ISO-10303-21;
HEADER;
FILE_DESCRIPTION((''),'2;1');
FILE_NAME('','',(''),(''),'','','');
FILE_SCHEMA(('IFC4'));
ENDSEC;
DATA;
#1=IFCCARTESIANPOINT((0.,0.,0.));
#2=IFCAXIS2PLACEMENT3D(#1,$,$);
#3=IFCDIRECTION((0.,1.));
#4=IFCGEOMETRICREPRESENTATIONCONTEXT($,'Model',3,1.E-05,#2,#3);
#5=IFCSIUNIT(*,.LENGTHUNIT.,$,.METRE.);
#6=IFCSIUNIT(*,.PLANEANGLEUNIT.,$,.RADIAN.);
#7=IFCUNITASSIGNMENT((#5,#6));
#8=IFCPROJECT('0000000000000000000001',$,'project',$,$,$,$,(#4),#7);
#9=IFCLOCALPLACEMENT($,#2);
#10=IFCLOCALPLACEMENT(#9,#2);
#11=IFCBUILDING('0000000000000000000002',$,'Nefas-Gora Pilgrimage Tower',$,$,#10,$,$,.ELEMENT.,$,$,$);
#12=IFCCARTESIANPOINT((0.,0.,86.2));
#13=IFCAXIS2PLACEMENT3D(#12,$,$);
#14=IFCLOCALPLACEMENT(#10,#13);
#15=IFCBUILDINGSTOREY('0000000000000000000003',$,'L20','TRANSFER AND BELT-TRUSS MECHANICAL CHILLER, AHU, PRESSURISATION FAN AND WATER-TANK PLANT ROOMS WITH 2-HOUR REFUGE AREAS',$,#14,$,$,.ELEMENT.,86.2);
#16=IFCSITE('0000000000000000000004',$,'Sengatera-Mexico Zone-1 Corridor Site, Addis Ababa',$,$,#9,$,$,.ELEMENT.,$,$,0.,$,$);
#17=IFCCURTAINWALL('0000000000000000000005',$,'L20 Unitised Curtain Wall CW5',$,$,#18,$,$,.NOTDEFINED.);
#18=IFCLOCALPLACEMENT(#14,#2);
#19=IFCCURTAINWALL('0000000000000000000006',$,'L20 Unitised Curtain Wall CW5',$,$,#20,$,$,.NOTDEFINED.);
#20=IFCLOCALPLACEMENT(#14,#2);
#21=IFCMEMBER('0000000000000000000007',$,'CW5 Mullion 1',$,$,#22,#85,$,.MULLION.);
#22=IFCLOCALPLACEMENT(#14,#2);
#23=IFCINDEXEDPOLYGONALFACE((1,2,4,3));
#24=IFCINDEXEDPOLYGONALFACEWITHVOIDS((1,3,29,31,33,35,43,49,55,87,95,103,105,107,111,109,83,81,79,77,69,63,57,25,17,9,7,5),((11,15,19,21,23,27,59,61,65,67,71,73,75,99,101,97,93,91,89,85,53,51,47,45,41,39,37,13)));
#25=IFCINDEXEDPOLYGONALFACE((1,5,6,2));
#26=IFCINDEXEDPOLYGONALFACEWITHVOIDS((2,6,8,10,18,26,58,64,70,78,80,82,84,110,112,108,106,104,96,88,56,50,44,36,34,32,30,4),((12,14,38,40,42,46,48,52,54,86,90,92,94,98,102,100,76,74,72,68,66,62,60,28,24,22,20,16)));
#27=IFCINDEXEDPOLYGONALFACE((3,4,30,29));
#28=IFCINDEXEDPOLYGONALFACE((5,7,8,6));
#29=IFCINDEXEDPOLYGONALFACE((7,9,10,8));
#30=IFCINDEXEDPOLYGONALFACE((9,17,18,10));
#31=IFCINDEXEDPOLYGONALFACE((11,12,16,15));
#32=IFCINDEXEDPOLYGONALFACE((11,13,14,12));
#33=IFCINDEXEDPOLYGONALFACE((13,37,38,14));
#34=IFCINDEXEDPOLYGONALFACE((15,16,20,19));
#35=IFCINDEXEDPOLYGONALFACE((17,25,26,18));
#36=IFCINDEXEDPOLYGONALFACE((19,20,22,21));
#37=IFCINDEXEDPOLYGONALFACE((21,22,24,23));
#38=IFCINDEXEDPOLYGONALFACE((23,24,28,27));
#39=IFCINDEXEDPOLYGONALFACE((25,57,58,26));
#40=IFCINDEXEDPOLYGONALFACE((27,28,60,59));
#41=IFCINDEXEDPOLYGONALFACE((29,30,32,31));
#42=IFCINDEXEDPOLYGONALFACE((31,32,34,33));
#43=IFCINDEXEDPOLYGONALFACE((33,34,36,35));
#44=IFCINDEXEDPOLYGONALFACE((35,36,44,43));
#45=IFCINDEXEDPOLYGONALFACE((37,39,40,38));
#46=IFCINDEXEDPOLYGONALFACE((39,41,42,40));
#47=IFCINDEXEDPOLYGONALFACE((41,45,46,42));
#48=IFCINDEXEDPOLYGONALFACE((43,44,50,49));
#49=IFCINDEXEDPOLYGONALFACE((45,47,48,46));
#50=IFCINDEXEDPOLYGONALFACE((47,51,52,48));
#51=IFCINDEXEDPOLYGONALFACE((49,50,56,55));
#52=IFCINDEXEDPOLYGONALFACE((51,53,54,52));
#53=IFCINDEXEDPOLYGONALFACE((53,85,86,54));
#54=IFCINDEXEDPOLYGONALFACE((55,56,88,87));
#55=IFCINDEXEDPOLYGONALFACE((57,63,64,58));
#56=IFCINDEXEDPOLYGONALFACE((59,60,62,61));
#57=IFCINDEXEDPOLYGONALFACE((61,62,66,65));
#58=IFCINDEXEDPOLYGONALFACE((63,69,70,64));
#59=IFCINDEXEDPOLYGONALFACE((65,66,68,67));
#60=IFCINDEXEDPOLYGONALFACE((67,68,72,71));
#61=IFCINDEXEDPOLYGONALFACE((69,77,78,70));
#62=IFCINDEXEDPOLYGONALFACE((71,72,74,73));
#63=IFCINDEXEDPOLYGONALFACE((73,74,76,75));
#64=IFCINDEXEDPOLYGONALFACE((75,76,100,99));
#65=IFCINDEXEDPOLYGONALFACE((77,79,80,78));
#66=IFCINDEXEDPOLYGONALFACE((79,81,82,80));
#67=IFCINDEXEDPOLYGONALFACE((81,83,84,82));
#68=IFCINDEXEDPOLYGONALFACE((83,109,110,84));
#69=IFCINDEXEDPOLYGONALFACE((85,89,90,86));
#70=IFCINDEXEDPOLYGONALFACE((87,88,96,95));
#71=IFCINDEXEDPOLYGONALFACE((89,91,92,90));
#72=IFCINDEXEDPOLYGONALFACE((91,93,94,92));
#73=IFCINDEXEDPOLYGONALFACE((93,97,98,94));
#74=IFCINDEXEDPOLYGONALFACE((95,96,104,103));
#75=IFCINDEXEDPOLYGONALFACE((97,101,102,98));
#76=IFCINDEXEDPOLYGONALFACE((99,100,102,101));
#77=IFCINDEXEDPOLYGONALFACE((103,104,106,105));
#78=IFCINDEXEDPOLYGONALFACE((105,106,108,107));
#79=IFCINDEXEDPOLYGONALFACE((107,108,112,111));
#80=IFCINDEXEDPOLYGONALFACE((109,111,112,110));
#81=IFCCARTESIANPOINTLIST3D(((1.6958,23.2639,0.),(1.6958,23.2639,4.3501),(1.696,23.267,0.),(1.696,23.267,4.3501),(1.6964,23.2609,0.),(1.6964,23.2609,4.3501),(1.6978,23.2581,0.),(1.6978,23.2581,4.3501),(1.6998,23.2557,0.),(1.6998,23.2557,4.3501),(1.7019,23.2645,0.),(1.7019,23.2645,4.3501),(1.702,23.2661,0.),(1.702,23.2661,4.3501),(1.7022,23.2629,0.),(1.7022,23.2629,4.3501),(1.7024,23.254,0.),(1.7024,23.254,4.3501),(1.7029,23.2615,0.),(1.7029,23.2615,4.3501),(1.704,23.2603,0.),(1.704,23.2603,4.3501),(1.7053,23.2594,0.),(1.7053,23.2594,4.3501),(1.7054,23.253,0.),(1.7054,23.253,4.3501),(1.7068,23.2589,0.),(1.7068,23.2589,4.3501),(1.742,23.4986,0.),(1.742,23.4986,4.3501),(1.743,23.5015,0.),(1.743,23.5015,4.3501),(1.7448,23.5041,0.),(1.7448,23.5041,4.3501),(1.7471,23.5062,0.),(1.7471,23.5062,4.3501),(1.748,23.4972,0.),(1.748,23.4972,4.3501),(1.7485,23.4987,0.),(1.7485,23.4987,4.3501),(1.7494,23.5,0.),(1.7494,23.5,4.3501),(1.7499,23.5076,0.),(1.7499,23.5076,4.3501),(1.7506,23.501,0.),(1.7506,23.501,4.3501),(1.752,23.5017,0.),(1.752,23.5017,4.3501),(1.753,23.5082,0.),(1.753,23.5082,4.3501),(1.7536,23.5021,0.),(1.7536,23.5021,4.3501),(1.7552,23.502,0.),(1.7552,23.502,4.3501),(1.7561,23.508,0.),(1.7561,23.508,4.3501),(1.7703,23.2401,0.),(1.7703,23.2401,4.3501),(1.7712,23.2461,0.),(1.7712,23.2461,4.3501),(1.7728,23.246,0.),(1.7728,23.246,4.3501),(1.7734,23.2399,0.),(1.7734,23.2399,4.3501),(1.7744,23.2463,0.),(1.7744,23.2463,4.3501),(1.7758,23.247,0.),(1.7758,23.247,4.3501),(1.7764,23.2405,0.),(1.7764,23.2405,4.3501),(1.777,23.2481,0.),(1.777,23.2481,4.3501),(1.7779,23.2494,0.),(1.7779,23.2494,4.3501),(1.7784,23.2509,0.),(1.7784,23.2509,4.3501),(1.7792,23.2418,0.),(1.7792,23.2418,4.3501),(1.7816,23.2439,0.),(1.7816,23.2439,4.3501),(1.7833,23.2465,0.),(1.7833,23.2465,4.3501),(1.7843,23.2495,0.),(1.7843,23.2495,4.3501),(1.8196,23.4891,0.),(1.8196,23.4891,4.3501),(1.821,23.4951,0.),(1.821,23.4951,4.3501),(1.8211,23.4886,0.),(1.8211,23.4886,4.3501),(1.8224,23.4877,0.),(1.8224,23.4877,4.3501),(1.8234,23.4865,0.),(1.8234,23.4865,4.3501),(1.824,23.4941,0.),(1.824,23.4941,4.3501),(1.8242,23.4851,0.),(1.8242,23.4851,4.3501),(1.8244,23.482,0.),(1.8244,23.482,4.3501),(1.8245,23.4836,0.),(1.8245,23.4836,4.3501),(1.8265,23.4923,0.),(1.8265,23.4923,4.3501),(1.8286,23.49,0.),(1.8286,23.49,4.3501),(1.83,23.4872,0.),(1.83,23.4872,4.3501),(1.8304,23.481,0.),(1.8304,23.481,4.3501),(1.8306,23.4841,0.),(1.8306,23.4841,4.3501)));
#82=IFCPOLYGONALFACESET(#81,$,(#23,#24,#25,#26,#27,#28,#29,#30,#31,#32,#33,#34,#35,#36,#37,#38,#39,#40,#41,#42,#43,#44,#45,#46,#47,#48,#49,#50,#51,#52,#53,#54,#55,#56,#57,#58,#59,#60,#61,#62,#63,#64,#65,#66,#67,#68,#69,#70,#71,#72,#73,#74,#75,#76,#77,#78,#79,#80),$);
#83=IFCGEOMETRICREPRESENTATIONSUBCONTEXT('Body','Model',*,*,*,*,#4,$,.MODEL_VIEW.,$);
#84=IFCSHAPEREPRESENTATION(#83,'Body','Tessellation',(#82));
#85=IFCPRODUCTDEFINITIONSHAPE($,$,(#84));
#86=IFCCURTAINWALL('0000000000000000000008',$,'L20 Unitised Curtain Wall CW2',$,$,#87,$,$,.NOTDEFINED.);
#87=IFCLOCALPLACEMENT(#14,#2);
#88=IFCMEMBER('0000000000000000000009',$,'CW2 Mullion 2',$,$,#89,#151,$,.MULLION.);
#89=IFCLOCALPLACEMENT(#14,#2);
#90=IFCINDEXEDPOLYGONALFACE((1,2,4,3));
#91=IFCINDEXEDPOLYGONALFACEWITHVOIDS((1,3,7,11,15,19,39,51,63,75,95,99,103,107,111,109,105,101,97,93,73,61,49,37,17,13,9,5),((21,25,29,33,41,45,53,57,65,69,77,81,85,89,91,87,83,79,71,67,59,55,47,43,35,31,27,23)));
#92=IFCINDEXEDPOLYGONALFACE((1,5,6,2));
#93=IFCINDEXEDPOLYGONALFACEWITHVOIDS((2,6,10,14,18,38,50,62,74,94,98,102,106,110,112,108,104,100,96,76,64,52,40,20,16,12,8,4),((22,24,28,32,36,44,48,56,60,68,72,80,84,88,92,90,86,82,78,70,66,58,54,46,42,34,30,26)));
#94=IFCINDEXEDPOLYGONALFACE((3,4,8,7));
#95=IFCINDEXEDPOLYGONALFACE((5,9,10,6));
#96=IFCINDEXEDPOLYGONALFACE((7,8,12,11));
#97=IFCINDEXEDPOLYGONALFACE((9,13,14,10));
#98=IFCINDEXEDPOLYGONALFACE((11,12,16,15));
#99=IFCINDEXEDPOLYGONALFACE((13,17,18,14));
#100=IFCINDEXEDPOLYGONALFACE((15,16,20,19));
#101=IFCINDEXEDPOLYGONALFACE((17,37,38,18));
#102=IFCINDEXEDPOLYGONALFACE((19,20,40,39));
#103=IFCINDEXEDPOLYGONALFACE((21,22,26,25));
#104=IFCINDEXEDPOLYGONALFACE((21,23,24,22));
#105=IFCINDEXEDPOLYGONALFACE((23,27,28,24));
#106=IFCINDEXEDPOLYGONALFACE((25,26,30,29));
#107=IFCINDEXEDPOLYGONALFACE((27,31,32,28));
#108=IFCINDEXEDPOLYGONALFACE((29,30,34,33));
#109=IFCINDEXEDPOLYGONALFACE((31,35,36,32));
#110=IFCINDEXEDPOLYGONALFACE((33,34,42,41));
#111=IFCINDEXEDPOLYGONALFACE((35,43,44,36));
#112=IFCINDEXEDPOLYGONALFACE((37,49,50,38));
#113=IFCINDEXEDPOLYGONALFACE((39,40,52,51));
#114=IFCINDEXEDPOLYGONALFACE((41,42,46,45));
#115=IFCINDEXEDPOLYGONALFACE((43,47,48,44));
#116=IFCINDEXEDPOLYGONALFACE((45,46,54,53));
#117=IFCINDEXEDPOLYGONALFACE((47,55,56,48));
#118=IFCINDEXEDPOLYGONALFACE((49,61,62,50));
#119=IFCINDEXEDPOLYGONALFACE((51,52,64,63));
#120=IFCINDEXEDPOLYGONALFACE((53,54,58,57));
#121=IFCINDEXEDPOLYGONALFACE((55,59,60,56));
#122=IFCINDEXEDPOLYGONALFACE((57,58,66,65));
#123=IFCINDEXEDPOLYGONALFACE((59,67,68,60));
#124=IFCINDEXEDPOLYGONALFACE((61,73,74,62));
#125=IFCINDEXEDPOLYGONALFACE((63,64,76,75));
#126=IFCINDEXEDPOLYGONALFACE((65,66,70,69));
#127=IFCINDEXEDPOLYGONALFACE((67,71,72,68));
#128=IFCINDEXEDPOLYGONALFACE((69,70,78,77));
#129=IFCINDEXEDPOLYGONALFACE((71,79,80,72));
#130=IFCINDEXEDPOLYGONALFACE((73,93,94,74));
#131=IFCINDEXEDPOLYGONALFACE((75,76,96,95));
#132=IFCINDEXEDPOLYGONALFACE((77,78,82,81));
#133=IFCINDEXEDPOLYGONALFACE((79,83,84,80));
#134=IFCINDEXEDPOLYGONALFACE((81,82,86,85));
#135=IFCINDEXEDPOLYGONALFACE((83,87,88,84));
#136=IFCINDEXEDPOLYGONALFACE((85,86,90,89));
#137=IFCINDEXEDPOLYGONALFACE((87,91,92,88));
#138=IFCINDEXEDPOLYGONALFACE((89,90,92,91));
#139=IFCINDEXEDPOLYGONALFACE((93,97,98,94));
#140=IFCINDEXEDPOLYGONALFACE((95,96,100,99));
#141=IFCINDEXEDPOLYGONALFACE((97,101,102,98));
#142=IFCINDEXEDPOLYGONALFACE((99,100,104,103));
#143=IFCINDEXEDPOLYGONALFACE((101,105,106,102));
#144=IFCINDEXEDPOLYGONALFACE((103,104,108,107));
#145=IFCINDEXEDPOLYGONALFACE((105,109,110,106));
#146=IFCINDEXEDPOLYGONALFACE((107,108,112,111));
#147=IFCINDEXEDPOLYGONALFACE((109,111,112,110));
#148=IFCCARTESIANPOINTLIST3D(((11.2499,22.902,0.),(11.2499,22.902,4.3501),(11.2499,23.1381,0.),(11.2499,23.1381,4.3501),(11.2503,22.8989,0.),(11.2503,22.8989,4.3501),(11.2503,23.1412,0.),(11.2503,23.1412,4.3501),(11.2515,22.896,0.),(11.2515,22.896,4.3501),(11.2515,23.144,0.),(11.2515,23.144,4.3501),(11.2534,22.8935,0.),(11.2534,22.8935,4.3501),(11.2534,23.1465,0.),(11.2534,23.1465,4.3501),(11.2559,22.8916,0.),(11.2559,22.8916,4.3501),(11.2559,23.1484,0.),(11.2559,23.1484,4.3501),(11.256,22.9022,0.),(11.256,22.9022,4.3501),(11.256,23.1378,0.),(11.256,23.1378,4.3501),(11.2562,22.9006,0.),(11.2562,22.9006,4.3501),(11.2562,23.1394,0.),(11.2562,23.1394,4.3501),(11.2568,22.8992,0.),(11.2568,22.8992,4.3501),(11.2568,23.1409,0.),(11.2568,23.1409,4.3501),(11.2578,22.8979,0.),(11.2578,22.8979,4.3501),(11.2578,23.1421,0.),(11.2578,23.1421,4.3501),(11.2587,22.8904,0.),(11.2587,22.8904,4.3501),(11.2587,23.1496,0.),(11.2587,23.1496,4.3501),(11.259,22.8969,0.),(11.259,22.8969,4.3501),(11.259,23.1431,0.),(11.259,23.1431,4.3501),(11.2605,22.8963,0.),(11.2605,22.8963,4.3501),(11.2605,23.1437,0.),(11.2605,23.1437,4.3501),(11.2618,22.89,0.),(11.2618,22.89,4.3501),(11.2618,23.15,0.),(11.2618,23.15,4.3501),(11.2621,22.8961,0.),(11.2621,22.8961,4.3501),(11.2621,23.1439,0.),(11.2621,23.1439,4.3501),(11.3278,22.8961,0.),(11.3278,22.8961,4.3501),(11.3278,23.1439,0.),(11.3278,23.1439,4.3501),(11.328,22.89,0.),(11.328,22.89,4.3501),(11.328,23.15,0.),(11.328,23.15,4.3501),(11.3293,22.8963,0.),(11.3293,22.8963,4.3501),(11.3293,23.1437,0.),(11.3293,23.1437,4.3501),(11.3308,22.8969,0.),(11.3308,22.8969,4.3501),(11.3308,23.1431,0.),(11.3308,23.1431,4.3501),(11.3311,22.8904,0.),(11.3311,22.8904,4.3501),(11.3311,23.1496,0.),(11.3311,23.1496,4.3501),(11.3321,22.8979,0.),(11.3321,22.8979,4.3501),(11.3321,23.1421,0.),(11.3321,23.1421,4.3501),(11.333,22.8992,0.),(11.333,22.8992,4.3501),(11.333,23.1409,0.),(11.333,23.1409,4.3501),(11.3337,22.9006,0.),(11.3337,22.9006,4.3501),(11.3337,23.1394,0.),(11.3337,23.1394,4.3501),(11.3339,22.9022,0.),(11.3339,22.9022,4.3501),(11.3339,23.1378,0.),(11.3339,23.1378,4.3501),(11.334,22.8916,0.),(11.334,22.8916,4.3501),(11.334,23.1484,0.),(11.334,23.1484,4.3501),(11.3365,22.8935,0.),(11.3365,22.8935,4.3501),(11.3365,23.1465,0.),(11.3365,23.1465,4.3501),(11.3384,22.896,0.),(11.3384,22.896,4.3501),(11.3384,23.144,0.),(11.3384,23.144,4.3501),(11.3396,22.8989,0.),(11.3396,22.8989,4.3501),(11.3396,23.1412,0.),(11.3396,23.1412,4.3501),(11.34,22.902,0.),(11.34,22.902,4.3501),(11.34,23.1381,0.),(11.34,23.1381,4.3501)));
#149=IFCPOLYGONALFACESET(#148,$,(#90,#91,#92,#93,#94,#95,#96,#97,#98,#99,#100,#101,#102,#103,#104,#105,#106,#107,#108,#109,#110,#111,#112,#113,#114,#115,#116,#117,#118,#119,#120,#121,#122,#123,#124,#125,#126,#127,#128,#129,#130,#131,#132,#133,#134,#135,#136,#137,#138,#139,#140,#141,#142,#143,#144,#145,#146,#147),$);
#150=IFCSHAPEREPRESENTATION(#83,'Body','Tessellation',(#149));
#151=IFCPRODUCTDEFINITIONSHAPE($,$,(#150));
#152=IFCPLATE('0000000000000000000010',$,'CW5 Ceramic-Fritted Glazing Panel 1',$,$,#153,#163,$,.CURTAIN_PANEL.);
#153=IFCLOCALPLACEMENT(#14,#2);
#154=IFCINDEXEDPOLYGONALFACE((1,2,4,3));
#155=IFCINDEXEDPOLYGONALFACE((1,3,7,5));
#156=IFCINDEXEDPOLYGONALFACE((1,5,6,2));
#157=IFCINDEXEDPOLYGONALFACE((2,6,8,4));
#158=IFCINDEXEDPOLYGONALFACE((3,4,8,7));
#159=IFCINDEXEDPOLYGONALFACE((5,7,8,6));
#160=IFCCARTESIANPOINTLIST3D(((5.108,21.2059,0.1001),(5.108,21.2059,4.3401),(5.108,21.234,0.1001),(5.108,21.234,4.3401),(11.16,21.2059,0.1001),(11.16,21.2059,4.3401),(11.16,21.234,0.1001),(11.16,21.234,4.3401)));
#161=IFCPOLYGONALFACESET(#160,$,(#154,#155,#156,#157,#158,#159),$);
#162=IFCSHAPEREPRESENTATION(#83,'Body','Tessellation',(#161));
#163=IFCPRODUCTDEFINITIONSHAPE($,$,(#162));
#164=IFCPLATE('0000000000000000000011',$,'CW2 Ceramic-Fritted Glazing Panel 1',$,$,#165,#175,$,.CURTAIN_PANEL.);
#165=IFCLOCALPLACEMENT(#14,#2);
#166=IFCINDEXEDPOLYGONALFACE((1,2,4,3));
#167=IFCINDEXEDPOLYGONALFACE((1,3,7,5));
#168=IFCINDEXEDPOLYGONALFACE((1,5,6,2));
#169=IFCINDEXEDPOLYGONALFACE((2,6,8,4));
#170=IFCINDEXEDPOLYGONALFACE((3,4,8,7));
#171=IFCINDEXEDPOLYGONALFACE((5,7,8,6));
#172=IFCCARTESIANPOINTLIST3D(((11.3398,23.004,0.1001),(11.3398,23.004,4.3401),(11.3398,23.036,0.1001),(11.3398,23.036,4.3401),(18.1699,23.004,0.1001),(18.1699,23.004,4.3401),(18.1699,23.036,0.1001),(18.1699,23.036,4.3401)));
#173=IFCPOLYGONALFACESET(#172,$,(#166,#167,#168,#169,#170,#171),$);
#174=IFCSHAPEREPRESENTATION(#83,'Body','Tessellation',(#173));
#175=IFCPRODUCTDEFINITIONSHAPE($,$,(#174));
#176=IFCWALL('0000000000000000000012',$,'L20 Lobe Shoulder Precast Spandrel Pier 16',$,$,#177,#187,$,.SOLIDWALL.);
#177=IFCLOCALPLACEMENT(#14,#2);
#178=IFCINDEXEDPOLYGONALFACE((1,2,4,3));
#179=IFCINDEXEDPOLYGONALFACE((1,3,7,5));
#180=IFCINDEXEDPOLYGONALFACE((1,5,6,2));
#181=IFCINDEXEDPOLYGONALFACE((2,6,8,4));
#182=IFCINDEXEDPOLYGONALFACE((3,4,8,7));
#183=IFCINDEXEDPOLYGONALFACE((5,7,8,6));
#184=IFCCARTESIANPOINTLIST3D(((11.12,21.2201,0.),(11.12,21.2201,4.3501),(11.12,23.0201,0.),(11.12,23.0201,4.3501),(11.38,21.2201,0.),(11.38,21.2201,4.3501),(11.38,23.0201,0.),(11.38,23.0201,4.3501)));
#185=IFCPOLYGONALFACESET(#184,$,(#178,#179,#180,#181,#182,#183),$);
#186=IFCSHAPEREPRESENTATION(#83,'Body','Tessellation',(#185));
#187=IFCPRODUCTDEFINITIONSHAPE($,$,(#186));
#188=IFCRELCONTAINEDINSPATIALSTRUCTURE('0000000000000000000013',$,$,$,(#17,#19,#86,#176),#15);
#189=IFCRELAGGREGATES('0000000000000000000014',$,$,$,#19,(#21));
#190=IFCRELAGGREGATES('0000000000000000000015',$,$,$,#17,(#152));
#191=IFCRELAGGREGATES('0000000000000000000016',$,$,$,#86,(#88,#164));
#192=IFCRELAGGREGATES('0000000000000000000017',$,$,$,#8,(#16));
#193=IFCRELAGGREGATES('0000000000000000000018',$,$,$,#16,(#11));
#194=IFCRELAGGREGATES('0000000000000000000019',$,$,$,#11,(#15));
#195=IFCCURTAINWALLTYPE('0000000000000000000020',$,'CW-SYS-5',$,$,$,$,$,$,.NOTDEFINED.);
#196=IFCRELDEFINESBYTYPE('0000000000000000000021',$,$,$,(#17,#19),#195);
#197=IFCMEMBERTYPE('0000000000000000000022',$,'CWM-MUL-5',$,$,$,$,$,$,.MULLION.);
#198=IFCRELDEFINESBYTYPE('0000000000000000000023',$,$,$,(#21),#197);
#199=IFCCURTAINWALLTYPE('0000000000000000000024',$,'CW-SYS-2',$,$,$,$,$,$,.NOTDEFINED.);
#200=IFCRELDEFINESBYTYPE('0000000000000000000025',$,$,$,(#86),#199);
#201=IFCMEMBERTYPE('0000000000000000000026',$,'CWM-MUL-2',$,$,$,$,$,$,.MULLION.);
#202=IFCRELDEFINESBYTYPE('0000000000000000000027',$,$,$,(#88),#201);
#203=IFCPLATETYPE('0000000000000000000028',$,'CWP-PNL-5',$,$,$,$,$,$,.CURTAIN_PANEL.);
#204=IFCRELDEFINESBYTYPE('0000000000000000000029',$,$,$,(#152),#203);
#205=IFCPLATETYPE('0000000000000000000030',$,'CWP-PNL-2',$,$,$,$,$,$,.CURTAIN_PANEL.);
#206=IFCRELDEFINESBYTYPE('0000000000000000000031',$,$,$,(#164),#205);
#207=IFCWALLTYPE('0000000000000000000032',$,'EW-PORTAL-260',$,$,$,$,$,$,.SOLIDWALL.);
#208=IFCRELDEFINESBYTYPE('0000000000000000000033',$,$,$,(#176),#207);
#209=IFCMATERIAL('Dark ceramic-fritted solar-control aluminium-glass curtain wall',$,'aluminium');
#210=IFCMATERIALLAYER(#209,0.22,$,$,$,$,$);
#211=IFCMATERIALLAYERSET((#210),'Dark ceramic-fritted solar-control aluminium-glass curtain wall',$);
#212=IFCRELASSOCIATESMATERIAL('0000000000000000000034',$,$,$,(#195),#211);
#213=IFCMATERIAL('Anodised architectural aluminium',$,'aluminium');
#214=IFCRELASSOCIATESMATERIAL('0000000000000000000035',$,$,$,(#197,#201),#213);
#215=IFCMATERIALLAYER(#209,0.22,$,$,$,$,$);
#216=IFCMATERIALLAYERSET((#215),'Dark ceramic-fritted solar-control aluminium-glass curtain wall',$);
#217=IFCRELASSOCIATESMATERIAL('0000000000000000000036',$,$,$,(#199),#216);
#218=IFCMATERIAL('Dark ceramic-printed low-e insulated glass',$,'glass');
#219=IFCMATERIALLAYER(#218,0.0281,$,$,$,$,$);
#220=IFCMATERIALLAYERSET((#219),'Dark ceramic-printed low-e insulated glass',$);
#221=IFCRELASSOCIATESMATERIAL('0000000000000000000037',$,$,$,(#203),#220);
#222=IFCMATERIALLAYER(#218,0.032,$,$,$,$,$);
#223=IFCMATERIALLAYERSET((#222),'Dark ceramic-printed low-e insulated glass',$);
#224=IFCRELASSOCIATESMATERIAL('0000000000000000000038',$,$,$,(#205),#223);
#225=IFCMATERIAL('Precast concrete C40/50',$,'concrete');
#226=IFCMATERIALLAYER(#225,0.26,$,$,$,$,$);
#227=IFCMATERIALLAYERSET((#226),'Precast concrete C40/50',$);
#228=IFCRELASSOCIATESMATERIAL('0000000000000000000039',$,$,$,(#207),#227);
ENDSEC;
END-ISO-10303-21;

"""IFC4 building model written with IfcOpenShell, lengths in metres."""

from ifc_helpers import new_model, si_unit, direction, frame, frame_2d, origin, origin_2d, place, context, subcontext, project, spatial, rectangle, hollow_rectangle, extrude, source, transform, mapped, material, layer, layer_set, material_profile, profile_set, type_object, element, aggregate, save


model = new_model("IFC4")

# Units and contexts
model_context = context("Model", 3, precision=1e-05, world=origin(), true_north=direction((0.0, 1.0)))
body_context = subcontext(model_context, "Body", "Model", "MODEL_VIEW")
ifc_project = project(units=[si_unit("LENGTHUNIT", "METRE"), si_unit("PLANEANGLEUNIT", "RADIAN")], contexts=[model_context])

# Site, building, storey
site_placement = place(None, origin())
site = spatial("IfcSite", under=ifc_project, at=site_placement, Name="Sengatera-Mexico Zone-1 Corridor Site, Addis Ababa", CompositionType="ELEMENT", RefElevation=0.0)
building_placement = place(site_placement, origin())
building = spatial("IfcBuilding", under=site, at=building_placement, Name="Nefas-Gora Pilgrimage Tower", CompositionType="ELEMENT")
storey_placement = place(building_placement, frame((0.0, 0.0, 86.2)))
storey = spatial("IfcBuildingStorey", under=building, at=storey_placement, Name="L20", Description="TRANSFER AND BELT-TRUSS MECHANICAL CHILLER, AHU, PRESSURISATION FAN AND WATER-TANK PLANT ROOMS WITH 2-HOUR REFUGE AREAS", CompositionType="ELEMENT", Elevation=86.2)

# Curtain walls
ifc_material_1 = material(Name="Dark ceramic-fritted solar-control aluminium-glass curtain wall", Category="aluminium")
ifc_layer_1 = layer(ifc_material_1, 0.22)
ifc_layer_set_1 = layer_set([ifc_layer_1], Name="Dark ceramic-fritted solar-control aluminium-glass curtain wall")
curtain_wall_type_1 = type_object("IfcCurtainWallType", Name="CW-SYS-5", PredefinedType="NOTDEFINED", material=ifc_layer_set_1)
curtain_wall_1_placement = place(storey_placement, origin())
curtain_wall_1 = element("IfcCurtainWall", 1, at=curtain_wall_1_placement, inside=storey, type_object=curtain_wall_type_1, Name="L20 Unitised Curtain Wall CW5", PredefinedType="NOTDEFINED")
ifc_material_2 = material(Name="Anodised architectural aluminium", Category="aluminium")
curtain_wall_2_placement = place(storey_placement, origin())
curtain_wall_2 = element("IfcCurtainWall", 2, at=curtain_wall_2_placement, inside=storey, type_object=curtain_wall_type_1, Name="L20 Unitised Curtain Wall CW5", PredefinedType="NOTDEFINED")

# Member
ifc_material_profile_1 = material_profile(ifc_material_2, hollow_rectangle(XDim=0.0901, YDim=0.26, WallThickness=0.0061, InnerFilletRadius=0.0061, OuterFilletRadius=0.012, at=origin_2d()), Name="ALU MULLION 90x260")
ifc_profile_set_1 = profile_set([ifc_material_profile_1], Name="Anodised architectural aluminium")
member_type_1 = type_object("IfcMemberType", Name="CWM-MUL-5", PredefinedType="MULLION", material=ifc_profile_set_1)
shared_shape_1 = source(origin(), body_context, "Body", "SweptSolid", [
    extrude(hollow_rectangle(XDim=0.0901, YDim=0.26, WallThickness=0.0061, InnerFilletRadius=0.0061, OuterFilletRadius=0.012, at=origin_2d()), origin(), (0.0, 0.0, 1.0), 4.3501),
])
member_1_placement = place(storey_placement, frame((1.7632, 23.374, 0.0), z_axis=(0.0, 0.0, 1.0), x_axis=(-0.980783, 0.195102, 0.0)))
member_1 = element("IfcMember", 3, at=member_1_placement, type_object=member_type_1, Name="CW5 Mullion 1", PredefinedType="MULLION", context=body_context, shape_type="MappedRepresentation", body=[
    mapped(shared_shape_1, transform((0.0, 0.0, 0.0), x_axis=(1.0, 0.0, 0.0), y_axis=(0.0, 1.0, 0.0), z_axis=(0.0, 0.0, 1.0), scale=1.0)),
])
aggregate(curtain_wall_2, [member_1])

# Curtain wall, member
ifc_layer_2 = layer(ifc_material_1, 0.22)
ifc_layer_set_2 = layer_set([ifc_layer_2], Name="Dark ceramic-fritted solar-control aluminium-glass curtain wall")
curtain_wall_type_2 = type_object("IfcCurtainWallType", Name="CW-SYS-2", PredefinedType="NOTDEFINED", material=ifc_layer_set_2)
curtain_wall_3_placement = place(storey_placement, origin())
curtain_wall_3 = element("IfcCurtainWall", 4, at=curtain_wall_3_placement, inside=storey, type_object=curtain_wall_type_2, Name="L20 Unitised Curtain Wall CW2", PredefinedType="NOTDEFINED")
ifc_material_profile_2 = material_profile(ifc_material_2, hollow_rectangle(XDim=0.0901, YDim=0.26, WallThickness=0.0061, InnerFilletRadius=0.0061, OuterFilletRadius=0.012, at=origin_2d()), Name="ALU MULLION 90x260")
ifc_profile_set_2 = profile_set([ifc_material_profile_2], Name="Anodised architectural aluminium")
member_type_2 = type_object("IfcMemberType", Name="CWM-MUL-2", PredefinedType="MULLION", material=ifc_profile_set_2)
shared_shape_2 = source(origin(), body_context, "Body", "SweptSolid", [
    extrude(hollow_rectangle(XDim=0.0901, YDim=0.26, WallThickness=0.0061, InnerFilletRadius=0.0061, OuterFilletRadius=0.012, at=origin_2d()), origin(), (0.0, 0.0, 1.0), 4.3501),
])
member_2_placement = place(storey_placement, frame((11.2949, 23.02, 0.0), z_axis=(0.0, 0.0, 1.0), x_axis=(-1.0, 0.0, 0.0)))
member_2 = element("IfcMember", 5, at=member_2_placement, type_object=member_type_2, Name="CW2 Mullion 2", PredefinedType="MULLION", context=body_context, shape_type="MappedRepresentation", body=[
    mapped(shared_shape_2, transform((0.0, 0.0, 0.0), x_axis=(1.0, 0.0, 0.0), y_axis=(0.0, 1.0, 0.0), z_axis=(0.0, 0.0, 1.0), scale=1.0)),
])

# Plates
ifc_material_3 = material(Name="Dark ceramic-printed low-e insulated glass", Category="glass")
ifc_layer_3 = layer(ifc_material_3, 0.0281)
ifc_layer_set_3 = layer_set([ifc_layer_3], Name="Dark ceramic-printed low-e insulated glass")
plate_type_1 = type_object("IfcPlateType", Name="CWP-PNL-5", PredefinedType="CURTAIN_PANEL", material=ifc_layer_set_3)
shared_shape_3 = source(origin(), body_context, "Body", "SweptSolid", [
    extrude(rectangle(XDim=6.052, YDim=0.0281, at=origin_2d()), origin(), (0.0, 0.0, 1.0), 4.24),
])
plate_1_placement = place(storey_placement, frame((8.134, 21.22, 0.1001), z_axis=(0.0, 0.0, 1.0), x_axis=(-1.0, 0.0, 0.0)))
plate_1 = element("IfcPlate", 6, at=plate_1_placement, type_object=plate_type_1, Name="CW5 Ceramic-Fritted Glazing Panel 1", PredefinedType="CURTAIN_PANEL", context=body_context, shape_type="MappedRepresentation", body=[
    mapped(shared_shape_3, transform((0.0, 0.0, 0.0), x_axis=(1.0, 0.0, 0.0), y_axis=(0.0, 1.0, 0.0), z_axis=(0.0, 0.0, 1.0), scale=1.0)),
])
aggregate(curtain_wall_1, [plate_1])
ifc_layer_4 = layer(ifc_material_3, 0.032)
ifc_layer_set_4 = layer_set([ifc_layer_4], Name="Dark ceramic-printed low-e insulated glass")
plate_type_2 = type_object("IfcPlateType", Name="CWP-PNL-2", PredefinedType="CURTAIN_PANEL", material=ifc_layer_set_4)
shared_shape_4 = source(origin(), body_context, "Body", "SweptSolid", [
    extrude(rectangle(XDim=6.8301, YDim=0.032, at=origin_2d()), origin(), (0.0, 0.0, 1.0), 4.24),
])
plate_2_placement = place(storey_placement, frame((14.7549, 23.02, 0.1001), z_axis=(0.0, 0.0, 1.0), x_axis=(-1.0, 0.0, 0.0)))
plate_2 = element("IfcPlate", 7, at=plate_2_placement, type_object=plate_type_2, Name="CW2 Ceramic-Fritted Glazing Panel 1", PredefinedType="CURTAIN_PANEL", context=body_context, shape_type="MappedRepresentation", body=[
    mapped(shared_shape_4, transform((0.0, 0.0, 0.0), x_axis=(1.0, 0.0, 0.0), y_axis=(0.0, 1.0, 0.0), z_axis=(0.0, 0.0, 1.0), scale=1.0)),
])
aggregate(curtain_wall_3, [member_2, plate_2])

# Wall
ifc_material_4 = material(Name="Precast concrete C40/50", Category="concrete")
ifc_layer_5 = layer(ifc_material_4, 0.26)
ifc_layer_set_5 = layer_set([ifc_layer_5], Name="Precast concrete C40/50")
wall_type_1 = type_object("IfcWallType", Name="EW-PORTAL-260", PredefinedType="SOLIDWALL", material=ifc_layer_set_5)
shared_shape_5 = source(origin(), body_context, "Body", "SweptSolid", [
    extrude(rectangle(XDim=1.8, YDim=0.26, at=frame_2d((0.8999, 0.0))), origin(), (0.0, 0.0, 1.0), 4.3501),
])
wall_1_placement = place(storey_placement, frame((11.25, 23.02, 0.0), z_axis=(0.0, 0.0, 1.0), x_axis=(0.0, -1.0, 0.0)))
element("IfcWall", 8, at=wall_1_placement, inside=storey, type_object=wall_type_1, Name="L20 Lobe Shoulder Precast Spandrel Pier 16", PredefinedType="SOLIDWALL", context=body_context, shape_type="MappedRepresentation", body=[
    mapped(shared_shape_5, transform((0.0, 0.0, 0.0), x_axis=(1.0, 0.0, 0.0), y_axis=(0.0, 1.0, 0.0), z_axis=(0.0, 0.0, 1.0), scale=1.0)),
])

save(model, "model.ifc")
